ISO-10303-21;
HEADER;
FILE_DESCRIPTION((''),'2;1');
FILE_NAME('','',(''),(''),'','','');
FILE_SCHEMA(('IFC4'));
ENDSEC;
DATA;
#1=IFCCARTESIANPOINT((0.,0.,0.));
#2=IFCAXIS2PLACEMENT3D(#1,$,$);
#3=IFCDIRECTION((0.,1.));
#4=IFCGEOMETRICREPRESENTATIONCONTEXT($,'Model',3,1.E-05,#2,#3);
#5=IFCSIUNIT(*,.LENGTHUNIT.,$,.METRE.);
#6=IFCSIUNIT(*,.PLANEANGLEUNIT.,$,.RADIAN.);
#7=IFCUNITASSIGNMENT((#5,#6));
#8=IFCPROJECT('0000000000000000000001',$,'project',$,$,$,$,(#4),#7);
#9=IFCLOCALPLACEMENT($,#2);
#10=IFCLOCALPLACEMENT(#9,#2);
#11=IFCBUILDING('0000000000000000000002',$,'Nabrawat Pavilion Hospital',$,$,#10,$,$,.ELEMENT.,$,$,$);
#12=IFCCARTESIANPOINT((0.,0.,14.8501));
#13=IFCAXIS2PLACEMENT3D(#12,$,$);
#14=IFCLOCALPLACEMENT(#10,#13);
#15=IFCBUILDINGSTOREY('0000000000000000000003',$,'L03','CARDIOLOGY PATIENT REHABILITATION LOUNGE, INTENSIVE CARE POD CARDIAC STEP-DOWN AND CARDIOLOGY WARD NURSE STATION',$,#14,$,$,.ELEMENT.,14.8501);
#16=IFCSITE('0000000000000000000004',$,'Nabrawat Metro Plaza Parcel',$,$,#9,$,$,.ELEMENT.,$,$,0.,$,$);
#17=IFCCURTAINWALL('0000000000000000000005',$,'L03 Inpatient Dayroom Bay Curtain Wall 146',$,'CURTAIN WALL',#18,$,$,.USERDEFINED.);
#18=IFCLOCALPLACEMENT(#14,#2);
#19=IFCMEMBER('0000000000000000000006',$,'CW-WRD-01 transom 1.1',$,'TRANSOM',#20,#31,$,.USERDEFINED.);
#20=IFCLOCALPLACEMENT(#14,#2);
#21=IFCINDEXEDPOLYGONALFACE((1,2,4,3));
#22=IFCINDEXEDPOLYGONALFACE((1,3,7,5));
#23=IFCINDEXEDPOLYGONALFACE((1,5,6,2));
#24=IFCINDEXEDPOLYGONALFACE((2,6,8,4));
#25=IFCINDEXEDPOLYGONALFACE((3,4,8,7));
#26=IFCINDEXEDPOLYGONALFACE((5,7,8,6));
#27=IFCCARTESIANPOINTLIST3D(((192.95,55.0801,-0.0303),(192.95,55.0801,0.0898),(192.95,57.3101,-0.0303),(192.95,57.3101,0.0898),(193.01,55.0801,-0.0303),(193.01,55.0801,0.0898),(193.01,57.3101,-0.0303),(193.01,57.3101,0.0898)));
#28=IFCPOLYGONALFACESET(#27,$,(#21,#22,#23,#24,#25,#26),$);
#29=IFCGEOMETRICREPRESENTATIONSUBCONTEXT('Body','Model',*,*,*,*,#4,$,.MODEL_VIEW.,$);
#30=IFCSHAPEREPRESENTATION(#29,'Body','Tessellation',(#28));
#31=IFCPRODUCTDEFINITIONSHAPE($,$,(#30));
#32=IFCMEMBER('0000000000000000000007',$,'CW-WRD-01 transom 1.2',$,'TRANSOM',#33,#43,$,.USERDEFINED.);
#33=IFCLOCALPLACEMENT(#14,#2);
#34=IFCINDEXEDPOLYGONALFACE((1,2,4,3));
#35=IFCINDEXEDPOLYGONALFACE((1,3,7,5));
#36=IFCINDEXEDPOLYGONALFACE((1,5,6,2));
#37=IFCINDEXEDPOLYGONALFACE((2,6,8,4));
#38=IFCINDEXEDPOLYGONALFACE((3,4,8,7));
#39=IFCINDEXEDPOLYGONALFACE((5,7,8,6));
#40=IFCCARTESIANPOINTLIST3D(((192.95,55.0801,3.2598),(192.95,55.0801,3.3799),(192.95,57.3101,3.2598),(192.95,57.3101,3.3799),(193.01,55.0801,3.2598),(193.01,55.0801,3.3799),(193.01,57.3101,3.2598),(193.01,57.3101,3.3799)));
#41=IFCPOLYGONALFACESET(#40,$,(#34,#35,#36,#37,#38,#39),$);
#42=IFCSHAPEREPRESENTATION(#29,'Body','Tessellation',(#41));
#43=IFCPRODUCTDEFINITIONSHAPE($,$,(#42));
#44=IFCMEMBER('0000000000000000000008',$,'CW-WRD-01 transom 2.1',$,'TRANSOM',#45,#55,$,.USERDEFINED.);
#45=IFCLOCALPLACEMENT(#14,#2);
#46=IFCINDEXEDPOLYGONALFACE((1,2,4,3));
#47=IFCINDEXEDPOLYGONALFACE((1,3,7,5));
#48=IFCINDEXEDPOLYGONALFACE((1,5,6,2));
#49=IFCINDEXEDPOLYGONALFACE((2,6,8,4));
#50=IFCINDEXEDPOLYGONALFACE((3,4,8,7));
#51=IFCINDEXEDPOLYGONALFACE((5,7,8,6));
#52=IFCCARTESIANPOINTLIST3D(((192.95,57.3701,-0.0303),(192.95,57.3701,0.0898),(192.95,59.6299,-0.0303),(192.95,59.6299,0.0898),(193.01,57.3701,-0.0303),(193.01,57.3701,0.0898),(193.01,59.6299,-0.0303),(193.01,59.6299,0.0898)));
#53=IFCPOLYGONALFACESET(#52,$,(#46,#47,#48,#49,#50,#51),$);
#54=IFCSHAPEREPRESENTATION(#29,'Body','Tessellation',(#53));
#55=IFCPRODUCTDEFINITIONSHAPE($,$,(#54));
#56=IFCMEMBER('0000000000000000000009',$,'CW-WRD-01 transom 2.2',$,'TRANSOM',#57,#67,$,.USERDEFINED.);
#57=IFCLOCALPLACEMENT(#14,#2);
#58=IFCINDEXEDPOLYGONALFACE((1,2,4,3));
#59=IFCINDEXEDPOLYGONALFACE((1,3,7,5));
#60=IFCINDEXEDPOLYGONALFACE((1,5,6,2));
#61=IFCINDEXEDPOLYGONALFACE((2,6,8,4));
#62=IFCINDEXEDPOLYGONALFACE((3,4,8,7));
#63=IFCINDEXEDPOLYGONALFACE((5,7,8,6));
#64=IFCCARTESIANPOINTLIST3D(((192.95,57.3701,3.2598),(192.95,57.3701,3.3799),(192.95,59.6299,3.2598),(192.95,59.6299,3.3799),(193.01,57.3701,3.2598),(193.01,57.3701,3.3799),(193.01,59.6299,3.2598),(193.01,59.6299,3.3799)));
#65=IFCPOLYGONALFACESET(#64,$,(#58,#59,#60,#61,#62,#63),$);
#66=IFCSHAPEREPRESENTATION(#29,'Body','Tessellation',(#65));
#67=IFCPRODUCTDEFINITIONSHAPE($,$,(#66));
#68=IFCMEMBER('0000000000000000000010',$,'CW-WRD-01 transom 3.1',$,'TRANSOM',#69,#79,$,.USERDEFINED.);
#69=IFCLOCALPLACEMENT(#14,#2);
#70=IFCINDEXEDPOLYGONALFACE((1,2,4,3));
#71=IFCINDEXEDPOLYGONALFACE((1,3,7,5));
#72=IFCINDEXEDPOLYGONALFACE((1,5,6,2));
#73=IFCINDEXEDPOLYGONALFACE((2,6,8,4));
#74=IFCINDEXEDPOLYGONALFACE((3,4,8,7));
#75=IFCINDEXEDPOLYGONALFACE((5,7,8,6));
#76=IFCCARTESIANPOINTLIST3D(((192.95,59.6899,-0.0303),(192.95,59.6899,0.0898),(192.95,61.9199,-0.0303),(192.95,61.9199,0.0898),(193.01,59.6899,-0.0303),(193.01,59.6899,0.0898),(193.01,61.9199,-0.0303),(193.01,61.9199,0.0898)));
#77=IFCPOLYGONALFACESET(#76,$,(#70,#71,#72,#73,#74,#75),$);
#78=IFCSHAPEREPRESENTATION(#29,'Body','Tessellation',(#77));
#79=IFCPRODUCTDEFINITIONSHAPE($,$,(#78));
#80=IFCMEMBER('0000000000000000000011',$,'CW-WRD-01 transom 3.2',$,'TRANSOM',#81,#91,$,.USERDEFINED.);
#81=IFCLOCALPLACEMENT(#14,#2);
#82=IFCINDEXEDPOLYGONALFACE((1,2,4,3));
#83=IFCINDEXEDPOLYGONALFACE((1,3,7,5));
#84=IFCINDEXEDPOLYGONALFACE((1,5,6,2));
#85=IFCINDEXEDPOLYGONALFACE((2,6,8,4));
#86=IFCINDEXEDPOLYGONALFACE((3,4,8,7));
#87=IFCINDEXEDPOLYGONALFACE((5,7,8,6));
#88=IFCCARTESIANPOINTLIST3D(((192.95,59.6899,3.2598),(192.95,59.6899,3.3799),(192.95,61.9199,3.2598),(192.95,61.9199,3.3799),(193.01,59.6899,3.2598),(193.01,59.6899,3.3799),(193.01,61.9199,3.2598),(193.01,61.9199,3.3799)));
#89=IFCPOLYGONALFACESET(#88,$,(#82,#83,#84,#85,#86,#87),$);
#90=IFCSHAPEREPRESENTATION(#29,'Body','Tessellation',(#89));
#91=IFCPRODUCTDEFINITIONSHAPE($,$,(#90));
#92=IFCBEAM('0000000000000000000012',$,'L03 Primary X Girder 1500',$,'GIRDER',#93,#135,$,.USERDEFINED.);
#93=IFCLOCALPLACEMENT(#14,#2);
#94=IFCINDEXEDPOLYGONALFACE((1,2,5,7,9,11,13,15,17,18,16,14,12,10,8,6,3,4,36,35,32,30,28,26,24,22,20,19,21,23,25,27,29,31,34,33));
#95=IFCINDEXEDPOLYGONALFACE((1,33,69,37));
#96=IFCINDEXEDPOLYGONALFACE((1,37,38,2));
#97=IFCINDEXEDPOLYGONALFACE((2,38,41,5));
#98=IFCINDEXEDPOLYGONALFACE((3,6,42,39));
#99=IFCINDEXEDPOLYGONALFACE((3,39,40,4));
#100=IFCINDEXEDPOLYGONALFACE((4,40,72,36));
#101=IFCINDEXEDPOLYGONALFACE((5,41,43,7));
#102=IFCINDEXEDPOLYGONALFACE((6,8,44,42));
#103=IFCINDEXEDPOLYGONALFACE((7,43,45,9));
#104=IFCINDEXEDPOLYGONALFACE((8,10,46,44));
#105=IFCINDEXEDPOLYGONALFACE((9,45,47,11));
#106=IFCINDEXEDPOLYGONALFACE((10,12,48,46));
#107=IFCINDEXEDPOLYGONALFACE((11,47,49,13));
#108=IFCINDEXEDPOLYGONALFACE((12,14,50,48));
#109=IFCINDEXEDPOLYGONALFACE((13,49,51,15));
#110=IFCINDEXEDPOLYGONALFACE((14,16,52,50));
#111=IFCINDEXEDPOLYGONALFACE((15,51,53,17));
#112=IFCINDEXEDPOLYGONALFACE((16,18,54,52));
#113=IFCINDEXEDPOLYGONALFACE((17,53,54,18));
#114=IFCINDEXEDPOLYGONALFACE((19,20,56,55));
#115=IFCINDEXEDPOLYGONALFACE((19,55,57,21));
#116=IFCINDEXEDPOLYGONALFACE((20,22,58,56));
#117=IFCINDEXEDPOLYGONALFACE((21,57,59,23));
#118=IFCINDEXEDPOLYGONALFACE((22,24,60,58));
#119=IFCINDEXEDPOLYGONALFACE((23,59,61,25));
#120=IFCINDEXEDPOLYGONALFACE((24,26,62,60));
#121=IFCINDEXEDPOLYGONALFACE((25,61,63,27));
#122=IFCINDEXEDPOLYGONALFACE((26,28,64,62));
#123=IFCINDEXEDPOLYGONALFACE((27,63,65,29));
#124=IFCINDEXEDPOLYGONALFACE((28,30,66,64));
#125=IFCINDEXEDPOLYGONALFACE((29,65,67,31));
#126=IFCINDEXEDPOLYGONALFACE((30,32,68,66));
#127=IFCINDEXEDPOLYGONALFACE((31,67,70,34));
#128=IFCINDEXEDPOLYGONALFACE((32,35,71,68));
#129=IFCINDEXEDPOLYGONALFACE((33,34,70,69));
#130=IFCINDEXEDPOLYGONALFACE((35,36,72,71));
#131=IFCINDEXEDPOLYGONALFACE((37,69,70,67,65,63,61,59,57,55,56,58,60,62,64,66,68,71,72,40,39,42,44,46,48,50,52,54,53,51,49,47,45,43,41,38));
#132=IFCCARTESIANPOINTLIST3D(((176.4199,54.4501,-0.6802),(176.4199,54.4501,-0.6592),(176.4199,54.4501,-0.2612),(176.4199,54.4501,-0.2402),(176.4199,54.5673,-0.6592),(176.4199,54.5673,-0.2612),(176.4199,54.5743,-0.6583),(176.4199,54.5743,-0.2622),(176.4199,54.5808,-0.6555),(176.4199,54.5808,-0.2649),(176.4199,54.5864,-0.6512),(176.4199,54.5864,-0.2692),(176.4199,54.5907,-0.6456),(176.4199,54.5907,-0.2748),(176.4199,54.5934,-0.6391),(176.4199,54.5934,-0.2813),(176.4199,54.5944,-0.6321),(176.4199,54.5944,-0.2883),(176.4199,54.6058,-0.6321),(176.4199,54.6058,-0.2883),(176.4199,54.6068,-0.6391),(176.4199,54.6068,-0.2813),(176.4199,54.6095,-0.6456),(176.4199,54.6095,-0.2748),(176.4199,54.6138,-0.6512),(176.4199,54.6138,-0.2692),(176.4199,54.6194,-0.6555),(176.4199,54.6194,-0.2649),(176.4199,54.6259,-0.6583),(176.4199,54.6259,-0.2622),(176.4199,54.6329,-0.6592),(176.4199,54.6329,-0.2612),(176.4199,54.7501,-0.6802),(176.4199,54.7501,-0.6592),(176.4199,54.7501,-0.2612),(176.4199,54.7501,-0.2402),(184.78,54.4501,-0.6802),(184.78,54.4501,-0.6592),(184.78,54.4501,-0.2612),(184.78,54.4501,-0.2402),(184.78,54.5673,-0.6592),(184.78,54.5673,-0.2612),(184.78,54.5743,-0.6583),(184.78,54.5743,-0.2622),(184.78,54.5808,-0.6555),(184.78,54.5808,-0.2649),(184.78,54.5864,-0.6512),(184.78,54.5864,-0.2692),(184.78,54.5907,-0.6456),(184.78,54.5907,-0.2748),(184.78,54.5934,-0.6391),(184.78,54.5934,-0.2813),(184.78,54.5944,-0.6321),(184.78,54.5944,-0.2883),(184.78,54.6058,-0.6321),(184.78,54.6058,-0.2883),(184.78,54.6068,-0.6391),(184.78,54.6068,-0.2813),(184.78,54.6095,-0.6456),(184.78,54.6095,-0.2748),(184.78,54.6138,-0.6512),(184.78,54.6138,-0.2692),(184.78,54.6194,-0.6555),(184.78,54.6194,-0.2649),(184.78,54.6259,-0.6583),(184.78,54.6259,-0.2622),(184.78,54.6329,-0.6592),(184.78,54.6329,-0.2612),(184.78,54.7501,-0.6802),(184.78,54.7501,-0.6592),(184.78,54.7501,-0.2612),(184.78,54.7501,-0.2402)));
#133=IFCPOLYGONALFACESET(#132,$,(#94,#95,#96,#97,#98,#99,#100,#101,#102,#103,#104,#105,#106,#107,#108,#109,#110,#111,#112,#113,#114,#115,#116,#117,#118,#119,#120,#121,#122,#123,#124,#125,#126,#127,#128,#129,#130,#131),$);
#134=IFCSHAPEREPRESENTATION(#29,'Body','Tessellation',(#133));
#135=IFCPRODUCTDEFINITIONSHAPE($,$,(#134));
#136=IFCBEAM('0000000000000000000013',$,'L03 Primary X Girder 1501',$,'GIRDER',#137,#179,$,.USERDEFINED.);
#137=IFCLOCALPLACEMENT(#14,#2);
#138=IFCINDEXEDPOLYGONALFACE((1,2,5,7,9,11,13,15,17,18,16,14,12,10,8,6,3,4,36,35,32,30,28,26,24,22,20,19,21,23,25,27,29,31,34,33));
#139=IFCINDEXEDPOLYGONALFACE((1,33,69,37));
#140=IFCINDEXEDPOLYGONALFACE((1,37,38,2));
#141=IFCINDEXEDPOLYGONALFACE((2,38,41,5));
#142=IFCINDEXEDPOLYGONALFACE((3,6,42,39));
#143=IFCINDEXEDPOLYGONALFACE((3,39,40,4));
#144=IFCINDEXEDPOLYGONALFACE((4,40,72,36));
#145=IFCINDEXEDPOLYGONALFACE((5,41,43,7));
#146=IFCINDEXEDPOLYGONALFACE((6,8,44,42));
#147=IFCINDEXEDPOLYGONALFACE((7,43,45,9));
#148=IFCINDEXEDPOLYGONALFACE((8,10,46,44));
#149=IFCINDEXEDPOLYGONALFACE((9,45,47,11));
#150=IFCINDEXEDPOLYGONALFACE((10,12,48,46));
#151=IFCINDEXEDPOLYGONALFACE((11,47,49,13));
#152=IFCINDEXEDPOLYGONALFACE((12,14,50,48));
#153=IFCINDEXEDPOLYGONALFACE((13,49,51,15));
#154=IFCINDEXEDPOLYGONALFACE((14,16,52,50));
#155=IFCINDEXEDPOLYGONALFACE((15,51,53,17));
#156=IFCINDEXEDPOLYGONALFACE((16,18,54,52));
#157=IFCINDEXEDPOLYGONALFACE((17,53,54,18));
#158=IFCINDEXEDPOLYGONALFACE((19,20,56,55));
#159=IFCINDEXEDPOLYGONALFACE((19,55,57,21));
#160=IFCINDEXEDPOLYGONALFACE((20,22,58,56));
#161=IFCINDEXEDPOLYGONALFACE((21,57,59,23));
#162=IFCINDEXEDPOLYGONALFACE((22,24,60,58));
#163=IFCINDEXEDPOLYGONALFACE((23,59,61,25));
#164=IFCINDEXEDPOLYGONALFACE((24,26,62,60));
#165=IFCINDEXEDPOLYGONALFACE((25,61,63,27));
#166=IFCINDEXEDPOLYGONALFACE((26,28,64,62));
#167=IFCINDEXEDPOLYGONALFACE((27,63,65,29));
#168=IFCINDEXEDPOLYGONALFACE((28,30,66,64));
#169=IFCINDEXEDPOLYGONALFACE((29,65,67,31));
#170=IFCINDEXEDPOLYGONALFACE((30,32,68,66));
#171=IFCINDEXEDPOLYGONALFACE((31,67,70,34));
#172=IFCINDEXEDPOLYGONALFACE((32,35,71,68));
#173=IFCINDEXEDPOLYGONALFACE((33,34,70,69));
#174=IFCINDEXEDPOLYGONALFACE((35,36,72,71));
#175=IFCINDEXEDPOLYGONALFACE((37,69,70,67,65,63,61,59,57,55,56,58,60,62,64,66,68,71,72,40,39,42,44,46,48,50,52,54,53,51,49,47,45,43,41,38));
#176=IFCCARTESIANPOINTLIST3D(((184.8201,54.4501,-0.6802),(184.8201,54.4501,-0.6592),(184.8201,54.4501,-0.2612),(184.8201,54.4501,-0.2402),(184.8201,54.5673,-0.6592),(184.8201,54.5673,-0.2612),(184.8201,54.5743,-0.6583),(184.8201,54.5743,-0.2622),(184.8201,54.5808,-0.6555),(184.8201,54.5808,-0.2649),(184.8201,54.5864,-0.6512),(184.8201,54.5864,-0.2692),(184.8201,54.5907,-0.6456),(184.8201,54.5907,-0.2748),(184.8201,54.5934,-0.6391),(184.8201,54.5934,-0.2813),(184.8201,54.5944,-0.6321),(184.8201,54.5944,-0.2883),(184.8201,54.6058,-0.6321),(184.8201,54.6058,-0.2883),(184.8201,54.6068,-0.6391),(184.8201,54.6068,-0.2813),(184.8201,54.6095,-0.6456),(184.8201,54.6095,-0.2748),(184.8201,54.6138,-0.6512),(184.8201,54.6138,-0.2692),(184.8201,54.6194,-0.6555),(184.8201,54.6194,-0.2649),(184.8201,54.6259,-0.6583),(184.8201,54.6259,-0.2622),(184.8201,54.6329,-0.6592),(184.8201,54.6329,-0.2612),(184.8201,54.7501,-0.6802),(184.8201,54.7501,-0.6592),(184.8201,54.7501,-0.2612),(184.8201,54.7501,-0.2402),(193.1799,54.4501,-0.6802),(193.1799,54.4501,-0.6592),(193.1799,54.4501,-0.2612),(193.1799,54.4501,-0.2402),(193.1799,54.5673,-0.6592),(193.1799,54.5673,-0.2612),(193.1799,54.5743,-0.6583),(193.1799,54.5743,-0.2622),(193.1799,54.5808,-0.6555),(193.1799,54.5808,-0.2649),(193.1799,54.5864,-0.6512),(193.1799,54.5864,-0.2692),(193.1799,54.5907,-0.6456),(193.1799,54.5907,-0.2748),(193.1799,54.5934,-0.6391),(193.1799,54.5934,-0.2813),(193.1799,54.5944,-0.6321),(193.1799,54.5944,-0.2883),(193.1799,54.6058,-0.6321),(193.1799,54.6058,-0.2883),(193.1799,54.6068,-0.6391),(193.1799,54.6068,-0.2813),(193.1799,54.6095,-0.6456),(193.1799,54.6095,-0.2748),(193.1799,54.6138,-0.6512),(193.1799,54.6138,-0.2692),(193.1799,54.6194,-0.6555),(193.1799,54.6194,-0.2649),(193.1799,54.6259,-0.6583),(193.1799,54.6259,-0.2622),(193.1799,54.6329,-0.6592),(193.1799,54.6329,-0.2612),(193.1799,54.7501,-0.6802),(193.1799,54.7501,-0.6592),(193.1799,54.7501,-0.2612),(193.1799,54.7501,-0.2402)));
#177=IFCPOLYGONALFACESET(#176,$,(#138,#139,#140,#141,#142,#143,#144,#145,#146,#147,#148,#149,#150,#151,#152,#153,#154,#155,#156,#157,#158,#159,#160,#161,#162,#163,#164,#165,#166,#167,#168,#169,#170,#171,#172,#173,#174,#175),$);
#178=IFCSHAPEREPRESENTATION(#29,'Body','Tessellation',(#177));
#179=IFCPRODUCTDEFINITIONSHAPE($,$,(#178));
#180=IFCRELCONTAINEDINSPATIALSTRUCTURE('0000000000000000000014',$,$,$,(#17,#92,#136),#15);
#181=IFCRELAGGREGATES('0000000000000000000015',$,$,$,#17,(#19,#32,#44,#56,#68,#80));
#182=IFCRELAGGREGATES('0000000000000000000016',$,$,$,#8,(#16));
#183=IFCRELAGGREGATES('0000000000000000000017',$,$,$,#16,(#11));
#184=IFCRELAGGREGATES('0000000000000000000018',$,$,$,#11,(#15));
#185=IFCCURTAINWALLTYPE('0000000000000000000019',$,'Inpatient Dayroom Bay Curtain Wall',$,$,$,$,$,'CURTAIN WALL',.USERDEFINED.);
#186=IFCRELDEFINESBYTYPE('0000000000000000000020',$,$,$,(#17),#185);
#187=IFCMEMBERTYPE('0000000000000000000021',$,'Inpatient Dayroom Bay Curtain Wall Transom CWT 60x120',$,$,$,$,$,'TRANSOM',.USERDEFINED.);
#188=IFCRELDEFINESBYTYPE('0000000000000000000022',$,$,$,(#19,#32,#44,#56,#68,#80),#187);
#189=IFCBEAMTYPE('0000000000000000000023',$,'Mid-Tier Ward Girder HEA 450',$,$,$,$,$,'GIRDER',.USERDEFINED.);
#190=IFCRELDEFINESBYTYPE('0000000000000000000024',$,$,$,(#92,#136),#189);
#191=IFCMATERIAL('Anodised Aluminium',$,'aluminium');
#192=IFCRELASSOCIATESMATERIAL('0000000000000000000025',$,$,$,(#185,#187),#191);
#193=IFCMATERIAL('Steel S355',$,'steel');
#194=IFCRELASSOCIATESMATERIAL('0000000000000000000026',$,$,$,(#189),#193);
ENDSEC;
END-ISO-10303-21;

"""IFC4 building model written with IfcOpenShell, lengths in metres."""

from ifc_helpers import new_model, si_unit, direction, frame, origin, origin_2d, place, context, subcontext, project, spatial, rectangle, i_section, extrude, material, material_profile, profile_set, type_object, element, aggregate, save


model = new_model("IFC4")

# Units and contexts
model_context = context("Model", 3, precision=1e-05, world=origin(), true_north=direction((0.0, 1.0)))
body_context = subcontext(model_context, "Body", "Model", "MODEL_VIEW")
ifc_project = project(units=[si_unit("LENGTHUNIT", "METRE"), si_unit("PLANEANGLEUNIT", "RADIAN")], contexts=[model_context])

# Site, building, storey
site_placement = place(None, origin())
site = spatial("IfcSite", under=ifc_project, at=site_placement, Name="Nabrawat Metro Plaza Parcel", CompositionType="ELEMENT", RefElevation=0.0)
building_placement = place(site_placement, origin())
building = spatial("IfcBuilding", under=site, at=building_placement, Name="Nabrawat Pavilion Hospital", CompositionType="ELEMENT")
storey_placement = place(building_placement, frame((0.0, 0.0, 14.8501)))
storey = spatial("IfcBuildingStorey", under=building, at=storey_placement, Name="L03", Description="CARDIOLOGY PATIENT REHABILITATION LOUNGE, INTENSIVE CARE POD CARDIAC STEP-DOWN AND CARDIOLOGY WARD NURSE STATION", CompositionType="ELEMENT", Elevation=14.8501)

# Shared definitions
ifc_material_1 = material(Name="Steel S355", Category="steel")

# Curtain wall, members
ifc_material_2 = material(Name="Anodised Aluminium", Category="aluminium")
curtain_wall_type = type_object("IfcCurtainWallType", Name="Inpatient Dayroom Bay Curtain Wall", ElementType="CURTAIN WALL", PredefinedType="USERDEFINED", material=ifc_material_2)
curtain_wall_placement = place(storey_placement, origin())
curtain_wall = element("IfcCurtainWall", 1, at=curtain_wall_placement, inside=storey, type_object=curtain_wall_type, Name="L03 Inpatient Dayroom Bay Curtain Wall 146", ObjectType="CURTAIN WALL", PredefinedType="USERDEFINED")
ifc_material_profile_1 = material_profile(ifc_material_2, rectangle(XDim=0.0601, YDim=0.1201, at=origin_2d()), Name="CWT 60x120")
ifc_profile_set_1 = profile_set([ifc_material_profile_1], Name="Anodised Aluminium")
member_type_1 = type_object("IfcMemberType", Name="Inpatient Dayroom Bay Curtain Wall Transom CWT 60x120", ElementType="TRANSOM", PredefinedType="USERDEFINED", material=ifc_profile_set_1)
member_1_placement = place(storey_placement, frame((192.98, 55.0801, 0.0298), z_axis=(0.0, 1.0, 0.0), x_axis=(-1.0, 0.0, 0.0)))
member_1 = element("IfcMember", 2, at=member_1_placement, type_object=member_type_1, Name="CW-WRD-01 transom 1.1", ObjectType="TRANSOM", PredefinedType="USERDEFINED", context=body_context, shape_type="SweptSolid", body=[
    extrude(rectangle(XDim=0.0601, YDim=0.1201, at=origin_2d()), origin(), (0.0, 0.0, 1.0), 2.23),
])
member_2_placement = place(storey_placement, frame((192.98, 55.0801, 3.3198), z_axis=(0.0, 1.0, 0.0), x_axis=(-1.0, 0.0, 0.0)))
member_2 = element("IfcMember", 3, at=member_2_placement, type_object=member_type_1, Name="CW-WRD-01 transom 1.2", ObjectType="TRANSOM", PredefinedType="USERDEFINED", context=body_context, shape_type="SweptSolid", body=[
    extrude(rectangle(XDim=0.0601, YDim=0.1201, at=origin_2d()), origin(), (0.0, 0.0, 1.0), 2.23),
])
member_3_placement = place(storey_placement, frame((192.98, 57.3701, 0.0298), z_axis=(0.0, 1.0, 0.0), x_axis=(-1.0, 0.0, 0.0)))
member_3 = element("IfcMember", 4, at=member_3_placement, type_object=member_type_1, Name="CW-WRD-01 transom 2.1", ObjectType="TRANSOM", PredefinedType="USERDEFINED", context=body_context, shape_type="SweptSolid", body=[
    extrude(rectangle(XDim=0.0601, YDim=0.1201, at=origin_2d()), origin(), (0.0, 0.0, 1.0), 2.2598),
])
member_4_placement = place(storey_placement, frame((192.98, 57.3701, 3.3198), z_axis=(0.0, 1.0, 0.0), x_axis=(-1.0, 0.0, 0.0)))
member_4 = element("IfcMember", 5, at=member_4_placement, type_object=member_type_1, Name="CW-WRD-01 transom 2.2", ObjectType="TRANSOM", PredefinedType="USERDEFINED", context=body_context, shape_type="SweptSolid", body=[
    extrude(rectangle(XDim=0.0601, YDim=0.1201, at=origin_2d()), origin(), (0.0, 0.0, 1.0), 2.2598),
])
member_5_placement = place(storey_placement, frame((192.98, 59.6899, 0.0298), z_axis=(0.0, 1.0, 0.0), x_axis=(-1.0, 0.0, 0.0)))
member_5 = element("IfcMember", 6, at=member_5_placement, type_object=member_type_1, Name="CW-WRD-01 transom 3.1", ObjectType="TRANSOM", PredefinedType="USERDEFINED", context=body_context, shape_type="SweptSolid", body=[
    extrude(rectangle(XDim=0.0601, YDim=0.1201, at=origin_2d()), origin(), (0.0, 0.0, 1.0), 2.23),
])
member_6_placement = place(storey_placement, frame((192.98, 59.6899, 3.3198), z_axis=(0.0, 1.0, 0.0), x_axis=(-1.0, 0.0, 0.0)))
member_6 = element("IfcMember", 7, at=member_6_placement, type_object=member_type_1, Name="CW-WRD-01 transom 3.2", ObjectType="TRANSOM", PredefinedType="USERDEFINED", context=body_context, shape_type="SweptSolid", body=[
    extrude(rectangle(XDim=0.0601, YDim=0.1201, at=origin_2d()), origin(), (0.0, 0.0, 1.0), 2.23),
])

# Beams
ifc_material_profile_2 = material_profile(ifc_material_1, i_section(OverallWidth=0.3, OverallDepth=0.4399, WebThickness=0.0115, FlangeThickness=0.021, FilletRadius=0.0271, at=origin_2d()), Name="HEA 450")
ifc_profile_set_2 = profile_set([ifc_material_profile_2], Name="Steel S355")
beam_type_1 = type_object("IfcBeamType", Name="Mid-Tier Ward Girder HEA 450", ElementType="GIRDER", PredefinedType="USERDEFINED", material=ifc_profile_set_2)
beam_1_placement = place(storey_placement, frame((176.4199, 54.6001, -0.4602), z_axis=(1.0, 0.0, 0.0), x_axis=(0.0, 1.0, 0.0)))
element("IfcBeam", 8, at=beam_1_placement, inside=storey, type_object=beam_type_1, Name="L03 Primary X Girder 1500", ObjectType="GIRDER", PredefinedType="USERDEFINED", context=body_context, shape_type="SweptSolid", body=[
    extrude(i_section(OverallWidth=0.3, OverallDepth=0.4399, WebThickness=0.0115, FlangeThickness=0.021, FilletRadius=0.0271, at=origin_2d()), origin(), (0.0, 0.0, 1.0), 8.3601),
])
beam_2_placement = place(storey_placement, frame((184.8201, 54.6001, -0.4602), z_axis=(1.0, 0.0, 0.0), x_axis=(0.0, 1.0, 0.0)))
element("IfcBeam", 9, at=beam_2_placement, inside=storey, type_object=beam_type_1, Name="L03 Primary X Girder 1501", ObjectType="GIRDER", PredefinedType="USERDEFINED", context=body_context, shape_type="SweptSolid", body=[
    extrude(i_section(OverallWidth=0.3, OverallDepth=0.4399, WebThickness=0.0115, FlangeThickness=0.021, FilletRadius=0.0271, at=origin_2d()), origin(), (0.0, 0.0, 1.0), 8.3599),
])

aggregate(curtain_wall, [member_1, member_2, member_3, member_4, member_5, member_6])

save(model, "model.ifc")
